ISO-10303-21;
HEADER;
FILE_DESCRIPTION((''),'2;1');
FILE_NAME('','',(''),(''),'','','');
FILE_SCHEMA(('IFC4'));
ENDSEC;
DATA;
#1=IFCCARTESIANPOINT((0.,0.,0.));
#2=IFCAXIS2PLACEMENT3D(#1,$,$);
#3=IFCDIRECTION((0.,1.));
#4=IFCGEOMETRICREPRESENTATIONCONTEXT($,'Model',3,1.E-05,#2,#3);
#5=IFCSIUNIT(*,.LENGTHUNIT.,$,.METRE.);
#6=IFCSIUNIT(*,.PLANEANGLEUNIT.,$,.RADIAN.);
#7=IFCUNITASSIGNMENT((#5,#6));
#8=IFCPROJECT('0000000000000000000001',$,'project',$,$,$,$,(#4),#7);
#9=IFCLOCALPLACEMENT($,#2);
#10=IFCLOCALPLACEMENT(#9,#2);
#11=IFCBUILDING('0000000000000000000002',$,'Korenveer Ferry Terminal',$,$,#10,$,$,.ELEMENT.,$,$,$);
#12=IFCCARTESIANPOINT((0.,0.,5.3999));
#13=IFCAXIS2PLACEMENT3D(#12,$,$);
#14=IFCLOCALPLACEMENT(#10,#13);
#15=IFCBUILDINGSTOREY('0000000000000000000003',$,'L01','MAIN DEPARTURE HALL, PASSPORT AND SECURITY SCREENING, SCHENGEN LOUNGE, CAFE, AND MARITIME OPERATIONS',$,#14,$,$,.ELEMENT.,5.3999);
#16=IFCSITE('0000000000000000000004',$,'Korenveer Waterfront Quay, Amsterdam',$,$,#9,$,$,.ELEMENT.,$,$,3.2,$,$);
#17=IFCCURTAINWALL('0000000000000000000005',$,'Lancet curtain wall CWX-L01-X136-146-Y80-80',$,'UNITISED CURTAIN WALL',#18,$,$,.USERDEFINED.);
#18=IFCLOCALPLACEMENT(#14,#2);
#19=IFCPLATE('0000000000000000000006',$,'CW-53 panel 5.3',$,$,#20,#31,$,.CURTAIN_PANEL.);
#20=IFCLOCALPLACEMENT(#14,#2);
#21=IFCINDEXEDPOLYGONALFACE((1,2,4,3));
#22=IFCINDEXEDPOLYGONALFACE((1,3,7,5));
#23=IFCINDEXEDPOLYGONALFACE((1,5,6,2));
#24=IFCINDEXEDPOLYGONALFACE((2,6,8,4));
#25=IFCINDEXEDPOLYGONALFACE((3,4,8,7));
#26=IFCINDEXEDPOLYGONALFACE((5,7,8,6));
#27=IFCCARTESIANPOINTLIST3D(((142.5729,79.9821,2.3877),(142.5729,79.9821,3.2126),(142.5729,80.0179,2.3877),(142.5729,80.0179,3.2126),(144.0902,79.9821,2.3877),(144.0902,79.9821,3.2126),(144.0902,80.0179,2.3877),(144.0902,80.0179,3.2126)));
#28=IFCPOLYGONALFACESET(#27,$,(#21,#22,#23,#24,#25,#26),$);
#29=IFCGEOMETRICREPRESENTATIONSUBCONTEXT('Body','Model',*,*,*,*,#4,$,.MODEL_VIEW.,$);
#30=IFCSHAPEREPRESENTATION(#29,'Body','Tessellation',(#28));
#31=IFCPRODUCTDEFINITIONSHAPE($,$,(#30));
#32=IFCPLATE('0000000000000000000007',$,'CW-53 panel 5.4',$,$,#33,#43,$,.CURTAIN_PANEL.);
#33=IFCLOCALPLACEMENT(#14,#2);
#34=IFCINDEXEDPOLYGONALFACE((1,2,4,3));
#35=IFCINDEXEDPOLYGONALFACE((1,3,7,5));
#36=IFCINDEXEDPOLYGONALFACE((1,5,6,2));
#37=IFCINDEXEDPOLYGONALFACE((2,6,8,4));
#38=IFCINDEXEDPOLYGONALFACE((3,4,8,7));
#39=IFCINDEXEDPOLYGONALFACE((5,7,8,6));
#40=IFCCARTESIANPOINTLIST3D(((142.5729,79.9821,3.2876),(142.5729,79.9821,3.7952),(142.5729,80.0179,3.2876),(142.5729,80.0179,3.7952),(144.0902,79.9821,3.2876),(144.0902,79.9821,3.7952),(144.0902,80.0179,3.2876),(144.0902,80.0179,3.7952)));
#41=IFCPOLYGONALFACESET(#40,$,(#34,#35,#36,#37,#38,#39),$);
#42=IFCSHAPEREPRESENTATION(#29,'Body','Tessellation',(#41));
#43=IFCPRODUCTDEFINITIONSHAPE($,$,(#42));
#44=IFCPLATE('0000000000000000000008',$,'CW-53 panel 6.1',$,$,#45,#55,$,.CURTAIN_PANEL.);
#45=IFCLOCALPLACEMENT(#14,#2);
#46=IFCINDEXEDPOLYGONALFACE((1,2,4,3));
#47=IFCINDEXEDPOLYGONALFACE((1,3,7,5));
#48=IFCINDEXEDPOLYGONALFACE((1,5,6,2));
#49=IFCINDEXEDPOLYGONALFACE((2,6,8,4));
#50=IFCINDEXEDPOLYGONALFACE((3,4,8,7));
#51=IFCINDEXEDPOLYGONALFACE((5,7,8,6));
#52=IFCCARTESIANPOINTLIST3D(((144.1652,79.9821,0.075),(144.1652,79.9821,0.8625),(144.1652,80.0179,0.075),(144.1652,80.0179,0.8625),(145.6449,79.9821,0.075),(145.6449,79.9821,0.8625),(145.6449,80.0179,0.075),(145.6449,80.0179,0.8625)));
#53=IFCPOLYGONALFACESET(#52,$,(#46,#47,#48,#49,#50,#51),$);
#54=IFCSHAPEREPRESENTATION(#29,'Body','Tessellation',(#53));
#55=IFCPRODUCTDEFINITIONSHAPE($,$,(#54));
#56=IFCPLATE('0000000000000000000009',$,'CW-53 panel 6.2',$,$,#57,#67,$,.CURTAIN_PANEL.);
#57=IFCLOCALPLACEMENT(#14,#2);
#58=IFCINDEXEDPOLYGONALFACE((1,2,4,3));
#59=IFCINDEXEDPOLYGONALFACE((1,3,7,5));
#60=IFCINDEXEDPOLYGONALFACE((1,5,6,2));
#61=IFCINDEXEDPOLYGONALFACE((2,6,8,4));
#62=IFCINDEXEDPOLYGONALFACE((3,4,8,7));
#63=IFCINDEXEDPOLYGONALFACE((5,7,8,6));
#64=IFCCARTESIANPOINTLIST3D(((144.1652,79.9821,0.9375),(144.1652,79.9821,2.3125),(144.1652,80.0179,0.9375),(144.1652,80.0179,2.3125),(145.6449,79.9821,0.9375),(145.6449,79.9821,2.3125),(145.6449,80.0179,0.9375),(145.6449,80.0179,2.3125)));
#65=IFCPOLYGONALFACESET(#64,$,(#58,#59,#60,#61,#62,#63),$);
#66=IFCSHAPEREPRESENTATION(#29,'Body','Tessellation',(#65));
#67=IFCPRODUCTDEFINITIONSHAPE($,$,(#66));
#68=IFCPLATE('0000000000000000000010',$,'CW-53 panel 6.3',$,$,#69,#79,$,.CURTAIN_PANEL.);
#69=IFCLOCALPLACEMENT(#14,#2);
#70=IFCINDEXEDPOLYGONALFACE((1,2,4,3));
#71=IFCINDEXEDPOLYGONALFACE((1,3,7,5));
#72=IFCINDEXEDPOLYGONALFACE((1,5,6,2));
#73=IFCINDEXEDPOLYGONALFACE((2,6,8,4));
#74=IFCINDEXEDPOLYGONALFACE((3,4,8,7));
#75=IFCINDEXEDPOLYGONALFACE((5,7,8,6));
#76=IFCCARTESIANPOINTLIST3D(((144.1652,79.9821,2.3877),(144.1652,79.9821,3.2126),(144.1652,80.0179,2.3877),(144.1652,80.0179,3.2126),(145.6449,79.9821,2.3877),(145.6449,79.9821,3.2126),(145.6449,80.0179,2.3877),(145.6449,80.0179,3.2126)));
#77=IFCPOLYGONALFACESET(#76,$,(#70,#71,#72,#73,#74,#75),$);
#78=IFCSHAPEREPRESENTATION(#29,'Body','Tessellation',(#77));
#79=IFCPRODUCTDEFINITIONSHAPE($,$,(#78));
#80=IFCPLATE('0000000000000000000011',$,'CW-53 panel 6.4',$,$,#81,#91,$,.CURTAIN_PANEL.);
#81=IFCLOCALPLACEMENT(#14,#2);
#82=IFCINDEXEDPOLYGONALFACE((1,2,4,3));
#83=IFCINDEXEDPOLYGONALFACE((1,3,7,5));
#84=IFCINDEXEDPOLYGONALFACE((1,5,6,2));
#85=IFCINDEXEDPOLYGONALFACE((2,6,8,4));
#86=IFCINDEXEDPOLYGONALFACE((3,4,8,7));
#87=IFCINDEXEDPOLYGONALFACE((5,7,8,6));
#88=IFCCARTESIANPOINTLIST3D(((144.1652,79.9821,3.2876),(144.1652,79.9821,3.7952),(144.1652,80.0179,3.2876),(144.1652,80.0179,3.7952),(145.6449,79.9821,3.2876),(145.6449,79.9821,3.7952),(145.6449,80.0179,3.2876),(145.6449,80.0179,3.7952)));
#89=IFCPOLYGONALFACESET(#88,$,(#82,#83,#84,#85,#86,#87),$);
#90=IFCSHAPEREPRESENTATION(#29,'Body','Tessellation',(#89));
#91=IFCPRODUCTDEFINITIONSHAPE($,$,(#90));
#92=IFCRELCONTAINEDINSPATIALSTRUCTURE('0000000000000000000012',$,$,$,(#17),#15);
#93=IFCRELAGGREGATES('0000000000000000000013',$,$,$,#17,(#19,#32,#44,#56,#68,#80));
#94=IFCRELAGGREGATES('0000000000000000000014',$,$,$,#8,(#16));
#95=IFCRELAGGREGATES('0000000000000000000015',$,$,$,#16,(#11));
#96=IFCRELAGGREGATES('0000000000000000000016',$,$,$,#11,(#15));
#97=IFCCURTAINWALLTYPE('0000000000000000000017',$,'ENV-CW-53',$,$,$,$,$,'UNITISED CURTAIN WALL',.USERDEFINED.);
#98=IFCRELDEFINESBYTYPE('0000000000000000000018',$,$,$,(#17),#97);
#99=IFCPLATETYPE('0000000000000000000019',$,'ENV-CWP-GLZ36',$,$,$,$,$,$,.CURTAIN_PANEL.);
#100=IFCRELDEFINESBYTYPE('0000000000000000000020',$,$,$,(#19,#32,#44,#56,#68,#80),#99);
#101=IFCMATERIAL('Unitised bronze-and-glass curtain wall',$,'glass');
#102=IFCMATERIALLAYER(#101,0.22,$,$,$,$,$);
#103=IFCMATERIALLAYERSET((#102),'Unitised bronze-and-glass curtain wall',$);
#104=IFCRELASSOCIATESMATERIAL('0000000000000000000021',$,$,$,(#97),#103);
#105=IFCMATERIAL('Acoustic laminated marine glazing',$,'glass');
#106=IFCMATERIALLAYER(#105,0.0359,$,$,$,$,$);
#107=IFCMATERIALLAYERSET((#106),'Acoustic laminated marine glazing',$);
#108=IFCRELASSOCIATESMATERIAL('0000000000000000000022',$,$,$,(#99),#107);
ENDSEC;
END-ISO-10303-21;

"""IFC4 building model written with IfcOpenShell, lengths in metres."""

from ifc_helpers import new_model, si_unit, direction, frame, origin, origin_2d, place, context, subcontext, project, spatial, rectangle, extrude, material, layer, layer_set, type_object, element, aggregate, save


model = new_model("IFC4")

# Units and contexts
model_context = context("Model", 3, precision=1e-05, world=origin(), true_north=direction((0.0, 1.0)))
body_context = subcontext(model_context, "Body", "Model", "MODEL_VIEW")
ifc_project = project(units=[si_unit("LENGTHUNIT", "METRE"), si_unit("PLANEANGLEUNIT", "RADIAN")], contexts=[model_context])

# Site, building, storey
site_placement = place(None, origin())
site = spatial("IfcSite", under=ifc_project, at=site_placement, Name="Korenveer Waterfront Quay, Amsterdam", CompositionType="ELEMENT", RefElevation=3.2)
building_placement = place(site_placement, origin())
building = spatial("IfcBuilding", under=site, at=building_placement, Name="Korenveer Ferry Terminal", CompositionType="ELEMENT")
storey_placement = place(building_placement, frame((0.0, 0.0, 5.3999)))
storey = spatial("IfcBuildingStorey", under=building, at=storey_placement, Name="L01", Description="MAIN DEPARTURE HALL, PASSPORT AND SECURITY SCREENING, SCHENGEN LOUNGE, CAFE, AND MARITIME OPERATIONS", CompositionType="ELEMENT", Elevation=5.3999)

# Curtain wall, plates
ifc_material_1 = material(Name="Unitised bronze-and-glass curtain wall", Category="glass")
ifc_layer_1 = layer(ifc_material_1, 0.22)
ifc_layer_set_1 = layer_set([ifc_layer_1], Name="Unitised bronze-and-glass curtain wall")
curtain_wall_type = type_object("IfcCurtainWallType", Name="ENV-CW-53", ElementType="UNITISED CURTAIN WALL", PredefinedType="USERDEFINED", material=ifc_layer_set_1)
curtain_wall_placement = place(storey_placement, frame((136.1665, 80.0, 0.0)))
curtain_wall = element("IfcCurtainWall", 1, at=curtain_wall_placement, inside=storey, type_object=curtain_wall_type, Name="Lancet curtain wall CWX-L01-X136-146-Y80-80", ObjectType="UNITISED CURTAIN WALL", PredefinedType="USERDEFINED")
ifc_material_2 = material(Name="Acoustic laminated marine glazing", Category="glass")
ifc_layer_2 = layer(ifc_material_2, 0.0359)
ifc_layer_set_2 = layer_set([ifc_layer_2], Name="Acoustic laminated marine glazing")
plate_type = type_object("IfcPlateType", Name="ENV-CWP-GLZ36", PredefinedType="CURTAIN_PANEL", material=ifc_layer_set_2)
plate_1_placement = place(storey_placement, frame((143.3315, 80.0, 2.3877), z_axis=(0.0, 0.0, 1.0), x_axis=(1.0, 0.0, 0.0)))
plate_1 = element("IfcPlate", 2, at=plate_1_placement, type_object=plate_type, Name="CW-53 panel 5.3", PredefinedType="CURTAIN_PANEL", context=body_context, shape_type="SweptSolid", body=[
    extrude(rectangle(XDim=1.5173, YDim=0.0359, at=origin_2d()), origin(), (0.0, 0.0, 1.0), 0.825),
])
plate_2_placement = place(storey_placement, frame((143.3315, 80.0, 3.2876), z_axis=(0.0, 0.0, 1.0), x_axis=(1.0, 0.0, 0.0)))
plate_2 = element("IfcPlate", 3, at=plate_2_placement, type_object=plate_type, Name="CW-53 panel 5.4", PredefinedType="CURTAIN_PANEL", context=body_context, shape_type="SweptSolid", body=[
    extrude(rectangle(XDim=1.5173, YDim=0.0359, at=origin_2d()), origin(), (0.0, 0.0, 1.0), 0.5076),
])
plate_3_placement = place(storey_placement, frame((144.905, 80.0, 0.075), z_axis=(0.0, 0.0, 1.0), x_axis=(1.0, 0.0, 0.0)))
plate_3 = element("IfcPlate", 4, at=plate_3_placement, type_object=plate_type, Name="CW-53 panel 6.1", PredefinedType="CURTAIN_PANEL", context=body_context, shape_type="SweptSolid", body=[
    extrude(rectangle(XDim=1.4797, YDim=0.0359, at=origin_2d()), origin(), (0.0, 0.0, 1.0), 0.7876),
])
plate_4_placement = place(storey_placement, frame((144.905, 80.0, 0.9375), z_axis=(0.0, 0.0, 1.0), x_axis=(1.0, 0.0, 0.0)))
plate_4 = element("IfcPlate", 5, at=plate_4_placement, type_object=plate_type, Name="CW-53 panel 6.2", PredefinedType="CURTAIN_PANEL", context=body_context, shape_type="SweptSolid", body=[
    extrude(rectangle(XDim=1.4797, YDim=0.0359, at=origin_2d()), origin(), (0.0, 0.0, 1.0), 1.375),
])
plate_5_placement = place(storey_placement, frame((144.905, 80.0, 2.3877), z_axis=(0.0, 0.0, 1.0), x_axis=(1.0, 0.0, 0.0)))
plate_5 = element("IfcPlate", 6, at=plate_5_placement, type_object=plate_type, Name="CW-53 panel 6.3", PredefinedType="CURTAIN_PANEL", context=body_context, shape_type="SweptSolid", body=[
    extrude(rectangle(XDim=1.4797, YDim=0.0359, at=origin_2d()), origin(), (0.0, 0.0, 1.0), 0.825),
])
plate_6_placement = place(storey_placement, frame((144.905, 80.0, 3.2876), z_axis=(0.0, 0.0, 1.0), x_axis=(1.0, 0.0, 0.0)))
plate_6 = element("IfcPlate", 7, at=plate_6_placement, type_object=plate_type, Name="CW-53 panel 6.4", PredefinedType="CURTAIN_PANEL", context=body_context, shape_type="SweptSolid", body=[
    extrude(rectangle(XDim=1.4797, YDim=0.0359, at=origin_2d()), origin(), (0.0, 0.0, 1.0), 0.5076),
])
aggregate(curtain_wall, [plate_1, plate_2, plate_3, plate_4, plate_5, plate_6])

save(model, "model.ifc")
